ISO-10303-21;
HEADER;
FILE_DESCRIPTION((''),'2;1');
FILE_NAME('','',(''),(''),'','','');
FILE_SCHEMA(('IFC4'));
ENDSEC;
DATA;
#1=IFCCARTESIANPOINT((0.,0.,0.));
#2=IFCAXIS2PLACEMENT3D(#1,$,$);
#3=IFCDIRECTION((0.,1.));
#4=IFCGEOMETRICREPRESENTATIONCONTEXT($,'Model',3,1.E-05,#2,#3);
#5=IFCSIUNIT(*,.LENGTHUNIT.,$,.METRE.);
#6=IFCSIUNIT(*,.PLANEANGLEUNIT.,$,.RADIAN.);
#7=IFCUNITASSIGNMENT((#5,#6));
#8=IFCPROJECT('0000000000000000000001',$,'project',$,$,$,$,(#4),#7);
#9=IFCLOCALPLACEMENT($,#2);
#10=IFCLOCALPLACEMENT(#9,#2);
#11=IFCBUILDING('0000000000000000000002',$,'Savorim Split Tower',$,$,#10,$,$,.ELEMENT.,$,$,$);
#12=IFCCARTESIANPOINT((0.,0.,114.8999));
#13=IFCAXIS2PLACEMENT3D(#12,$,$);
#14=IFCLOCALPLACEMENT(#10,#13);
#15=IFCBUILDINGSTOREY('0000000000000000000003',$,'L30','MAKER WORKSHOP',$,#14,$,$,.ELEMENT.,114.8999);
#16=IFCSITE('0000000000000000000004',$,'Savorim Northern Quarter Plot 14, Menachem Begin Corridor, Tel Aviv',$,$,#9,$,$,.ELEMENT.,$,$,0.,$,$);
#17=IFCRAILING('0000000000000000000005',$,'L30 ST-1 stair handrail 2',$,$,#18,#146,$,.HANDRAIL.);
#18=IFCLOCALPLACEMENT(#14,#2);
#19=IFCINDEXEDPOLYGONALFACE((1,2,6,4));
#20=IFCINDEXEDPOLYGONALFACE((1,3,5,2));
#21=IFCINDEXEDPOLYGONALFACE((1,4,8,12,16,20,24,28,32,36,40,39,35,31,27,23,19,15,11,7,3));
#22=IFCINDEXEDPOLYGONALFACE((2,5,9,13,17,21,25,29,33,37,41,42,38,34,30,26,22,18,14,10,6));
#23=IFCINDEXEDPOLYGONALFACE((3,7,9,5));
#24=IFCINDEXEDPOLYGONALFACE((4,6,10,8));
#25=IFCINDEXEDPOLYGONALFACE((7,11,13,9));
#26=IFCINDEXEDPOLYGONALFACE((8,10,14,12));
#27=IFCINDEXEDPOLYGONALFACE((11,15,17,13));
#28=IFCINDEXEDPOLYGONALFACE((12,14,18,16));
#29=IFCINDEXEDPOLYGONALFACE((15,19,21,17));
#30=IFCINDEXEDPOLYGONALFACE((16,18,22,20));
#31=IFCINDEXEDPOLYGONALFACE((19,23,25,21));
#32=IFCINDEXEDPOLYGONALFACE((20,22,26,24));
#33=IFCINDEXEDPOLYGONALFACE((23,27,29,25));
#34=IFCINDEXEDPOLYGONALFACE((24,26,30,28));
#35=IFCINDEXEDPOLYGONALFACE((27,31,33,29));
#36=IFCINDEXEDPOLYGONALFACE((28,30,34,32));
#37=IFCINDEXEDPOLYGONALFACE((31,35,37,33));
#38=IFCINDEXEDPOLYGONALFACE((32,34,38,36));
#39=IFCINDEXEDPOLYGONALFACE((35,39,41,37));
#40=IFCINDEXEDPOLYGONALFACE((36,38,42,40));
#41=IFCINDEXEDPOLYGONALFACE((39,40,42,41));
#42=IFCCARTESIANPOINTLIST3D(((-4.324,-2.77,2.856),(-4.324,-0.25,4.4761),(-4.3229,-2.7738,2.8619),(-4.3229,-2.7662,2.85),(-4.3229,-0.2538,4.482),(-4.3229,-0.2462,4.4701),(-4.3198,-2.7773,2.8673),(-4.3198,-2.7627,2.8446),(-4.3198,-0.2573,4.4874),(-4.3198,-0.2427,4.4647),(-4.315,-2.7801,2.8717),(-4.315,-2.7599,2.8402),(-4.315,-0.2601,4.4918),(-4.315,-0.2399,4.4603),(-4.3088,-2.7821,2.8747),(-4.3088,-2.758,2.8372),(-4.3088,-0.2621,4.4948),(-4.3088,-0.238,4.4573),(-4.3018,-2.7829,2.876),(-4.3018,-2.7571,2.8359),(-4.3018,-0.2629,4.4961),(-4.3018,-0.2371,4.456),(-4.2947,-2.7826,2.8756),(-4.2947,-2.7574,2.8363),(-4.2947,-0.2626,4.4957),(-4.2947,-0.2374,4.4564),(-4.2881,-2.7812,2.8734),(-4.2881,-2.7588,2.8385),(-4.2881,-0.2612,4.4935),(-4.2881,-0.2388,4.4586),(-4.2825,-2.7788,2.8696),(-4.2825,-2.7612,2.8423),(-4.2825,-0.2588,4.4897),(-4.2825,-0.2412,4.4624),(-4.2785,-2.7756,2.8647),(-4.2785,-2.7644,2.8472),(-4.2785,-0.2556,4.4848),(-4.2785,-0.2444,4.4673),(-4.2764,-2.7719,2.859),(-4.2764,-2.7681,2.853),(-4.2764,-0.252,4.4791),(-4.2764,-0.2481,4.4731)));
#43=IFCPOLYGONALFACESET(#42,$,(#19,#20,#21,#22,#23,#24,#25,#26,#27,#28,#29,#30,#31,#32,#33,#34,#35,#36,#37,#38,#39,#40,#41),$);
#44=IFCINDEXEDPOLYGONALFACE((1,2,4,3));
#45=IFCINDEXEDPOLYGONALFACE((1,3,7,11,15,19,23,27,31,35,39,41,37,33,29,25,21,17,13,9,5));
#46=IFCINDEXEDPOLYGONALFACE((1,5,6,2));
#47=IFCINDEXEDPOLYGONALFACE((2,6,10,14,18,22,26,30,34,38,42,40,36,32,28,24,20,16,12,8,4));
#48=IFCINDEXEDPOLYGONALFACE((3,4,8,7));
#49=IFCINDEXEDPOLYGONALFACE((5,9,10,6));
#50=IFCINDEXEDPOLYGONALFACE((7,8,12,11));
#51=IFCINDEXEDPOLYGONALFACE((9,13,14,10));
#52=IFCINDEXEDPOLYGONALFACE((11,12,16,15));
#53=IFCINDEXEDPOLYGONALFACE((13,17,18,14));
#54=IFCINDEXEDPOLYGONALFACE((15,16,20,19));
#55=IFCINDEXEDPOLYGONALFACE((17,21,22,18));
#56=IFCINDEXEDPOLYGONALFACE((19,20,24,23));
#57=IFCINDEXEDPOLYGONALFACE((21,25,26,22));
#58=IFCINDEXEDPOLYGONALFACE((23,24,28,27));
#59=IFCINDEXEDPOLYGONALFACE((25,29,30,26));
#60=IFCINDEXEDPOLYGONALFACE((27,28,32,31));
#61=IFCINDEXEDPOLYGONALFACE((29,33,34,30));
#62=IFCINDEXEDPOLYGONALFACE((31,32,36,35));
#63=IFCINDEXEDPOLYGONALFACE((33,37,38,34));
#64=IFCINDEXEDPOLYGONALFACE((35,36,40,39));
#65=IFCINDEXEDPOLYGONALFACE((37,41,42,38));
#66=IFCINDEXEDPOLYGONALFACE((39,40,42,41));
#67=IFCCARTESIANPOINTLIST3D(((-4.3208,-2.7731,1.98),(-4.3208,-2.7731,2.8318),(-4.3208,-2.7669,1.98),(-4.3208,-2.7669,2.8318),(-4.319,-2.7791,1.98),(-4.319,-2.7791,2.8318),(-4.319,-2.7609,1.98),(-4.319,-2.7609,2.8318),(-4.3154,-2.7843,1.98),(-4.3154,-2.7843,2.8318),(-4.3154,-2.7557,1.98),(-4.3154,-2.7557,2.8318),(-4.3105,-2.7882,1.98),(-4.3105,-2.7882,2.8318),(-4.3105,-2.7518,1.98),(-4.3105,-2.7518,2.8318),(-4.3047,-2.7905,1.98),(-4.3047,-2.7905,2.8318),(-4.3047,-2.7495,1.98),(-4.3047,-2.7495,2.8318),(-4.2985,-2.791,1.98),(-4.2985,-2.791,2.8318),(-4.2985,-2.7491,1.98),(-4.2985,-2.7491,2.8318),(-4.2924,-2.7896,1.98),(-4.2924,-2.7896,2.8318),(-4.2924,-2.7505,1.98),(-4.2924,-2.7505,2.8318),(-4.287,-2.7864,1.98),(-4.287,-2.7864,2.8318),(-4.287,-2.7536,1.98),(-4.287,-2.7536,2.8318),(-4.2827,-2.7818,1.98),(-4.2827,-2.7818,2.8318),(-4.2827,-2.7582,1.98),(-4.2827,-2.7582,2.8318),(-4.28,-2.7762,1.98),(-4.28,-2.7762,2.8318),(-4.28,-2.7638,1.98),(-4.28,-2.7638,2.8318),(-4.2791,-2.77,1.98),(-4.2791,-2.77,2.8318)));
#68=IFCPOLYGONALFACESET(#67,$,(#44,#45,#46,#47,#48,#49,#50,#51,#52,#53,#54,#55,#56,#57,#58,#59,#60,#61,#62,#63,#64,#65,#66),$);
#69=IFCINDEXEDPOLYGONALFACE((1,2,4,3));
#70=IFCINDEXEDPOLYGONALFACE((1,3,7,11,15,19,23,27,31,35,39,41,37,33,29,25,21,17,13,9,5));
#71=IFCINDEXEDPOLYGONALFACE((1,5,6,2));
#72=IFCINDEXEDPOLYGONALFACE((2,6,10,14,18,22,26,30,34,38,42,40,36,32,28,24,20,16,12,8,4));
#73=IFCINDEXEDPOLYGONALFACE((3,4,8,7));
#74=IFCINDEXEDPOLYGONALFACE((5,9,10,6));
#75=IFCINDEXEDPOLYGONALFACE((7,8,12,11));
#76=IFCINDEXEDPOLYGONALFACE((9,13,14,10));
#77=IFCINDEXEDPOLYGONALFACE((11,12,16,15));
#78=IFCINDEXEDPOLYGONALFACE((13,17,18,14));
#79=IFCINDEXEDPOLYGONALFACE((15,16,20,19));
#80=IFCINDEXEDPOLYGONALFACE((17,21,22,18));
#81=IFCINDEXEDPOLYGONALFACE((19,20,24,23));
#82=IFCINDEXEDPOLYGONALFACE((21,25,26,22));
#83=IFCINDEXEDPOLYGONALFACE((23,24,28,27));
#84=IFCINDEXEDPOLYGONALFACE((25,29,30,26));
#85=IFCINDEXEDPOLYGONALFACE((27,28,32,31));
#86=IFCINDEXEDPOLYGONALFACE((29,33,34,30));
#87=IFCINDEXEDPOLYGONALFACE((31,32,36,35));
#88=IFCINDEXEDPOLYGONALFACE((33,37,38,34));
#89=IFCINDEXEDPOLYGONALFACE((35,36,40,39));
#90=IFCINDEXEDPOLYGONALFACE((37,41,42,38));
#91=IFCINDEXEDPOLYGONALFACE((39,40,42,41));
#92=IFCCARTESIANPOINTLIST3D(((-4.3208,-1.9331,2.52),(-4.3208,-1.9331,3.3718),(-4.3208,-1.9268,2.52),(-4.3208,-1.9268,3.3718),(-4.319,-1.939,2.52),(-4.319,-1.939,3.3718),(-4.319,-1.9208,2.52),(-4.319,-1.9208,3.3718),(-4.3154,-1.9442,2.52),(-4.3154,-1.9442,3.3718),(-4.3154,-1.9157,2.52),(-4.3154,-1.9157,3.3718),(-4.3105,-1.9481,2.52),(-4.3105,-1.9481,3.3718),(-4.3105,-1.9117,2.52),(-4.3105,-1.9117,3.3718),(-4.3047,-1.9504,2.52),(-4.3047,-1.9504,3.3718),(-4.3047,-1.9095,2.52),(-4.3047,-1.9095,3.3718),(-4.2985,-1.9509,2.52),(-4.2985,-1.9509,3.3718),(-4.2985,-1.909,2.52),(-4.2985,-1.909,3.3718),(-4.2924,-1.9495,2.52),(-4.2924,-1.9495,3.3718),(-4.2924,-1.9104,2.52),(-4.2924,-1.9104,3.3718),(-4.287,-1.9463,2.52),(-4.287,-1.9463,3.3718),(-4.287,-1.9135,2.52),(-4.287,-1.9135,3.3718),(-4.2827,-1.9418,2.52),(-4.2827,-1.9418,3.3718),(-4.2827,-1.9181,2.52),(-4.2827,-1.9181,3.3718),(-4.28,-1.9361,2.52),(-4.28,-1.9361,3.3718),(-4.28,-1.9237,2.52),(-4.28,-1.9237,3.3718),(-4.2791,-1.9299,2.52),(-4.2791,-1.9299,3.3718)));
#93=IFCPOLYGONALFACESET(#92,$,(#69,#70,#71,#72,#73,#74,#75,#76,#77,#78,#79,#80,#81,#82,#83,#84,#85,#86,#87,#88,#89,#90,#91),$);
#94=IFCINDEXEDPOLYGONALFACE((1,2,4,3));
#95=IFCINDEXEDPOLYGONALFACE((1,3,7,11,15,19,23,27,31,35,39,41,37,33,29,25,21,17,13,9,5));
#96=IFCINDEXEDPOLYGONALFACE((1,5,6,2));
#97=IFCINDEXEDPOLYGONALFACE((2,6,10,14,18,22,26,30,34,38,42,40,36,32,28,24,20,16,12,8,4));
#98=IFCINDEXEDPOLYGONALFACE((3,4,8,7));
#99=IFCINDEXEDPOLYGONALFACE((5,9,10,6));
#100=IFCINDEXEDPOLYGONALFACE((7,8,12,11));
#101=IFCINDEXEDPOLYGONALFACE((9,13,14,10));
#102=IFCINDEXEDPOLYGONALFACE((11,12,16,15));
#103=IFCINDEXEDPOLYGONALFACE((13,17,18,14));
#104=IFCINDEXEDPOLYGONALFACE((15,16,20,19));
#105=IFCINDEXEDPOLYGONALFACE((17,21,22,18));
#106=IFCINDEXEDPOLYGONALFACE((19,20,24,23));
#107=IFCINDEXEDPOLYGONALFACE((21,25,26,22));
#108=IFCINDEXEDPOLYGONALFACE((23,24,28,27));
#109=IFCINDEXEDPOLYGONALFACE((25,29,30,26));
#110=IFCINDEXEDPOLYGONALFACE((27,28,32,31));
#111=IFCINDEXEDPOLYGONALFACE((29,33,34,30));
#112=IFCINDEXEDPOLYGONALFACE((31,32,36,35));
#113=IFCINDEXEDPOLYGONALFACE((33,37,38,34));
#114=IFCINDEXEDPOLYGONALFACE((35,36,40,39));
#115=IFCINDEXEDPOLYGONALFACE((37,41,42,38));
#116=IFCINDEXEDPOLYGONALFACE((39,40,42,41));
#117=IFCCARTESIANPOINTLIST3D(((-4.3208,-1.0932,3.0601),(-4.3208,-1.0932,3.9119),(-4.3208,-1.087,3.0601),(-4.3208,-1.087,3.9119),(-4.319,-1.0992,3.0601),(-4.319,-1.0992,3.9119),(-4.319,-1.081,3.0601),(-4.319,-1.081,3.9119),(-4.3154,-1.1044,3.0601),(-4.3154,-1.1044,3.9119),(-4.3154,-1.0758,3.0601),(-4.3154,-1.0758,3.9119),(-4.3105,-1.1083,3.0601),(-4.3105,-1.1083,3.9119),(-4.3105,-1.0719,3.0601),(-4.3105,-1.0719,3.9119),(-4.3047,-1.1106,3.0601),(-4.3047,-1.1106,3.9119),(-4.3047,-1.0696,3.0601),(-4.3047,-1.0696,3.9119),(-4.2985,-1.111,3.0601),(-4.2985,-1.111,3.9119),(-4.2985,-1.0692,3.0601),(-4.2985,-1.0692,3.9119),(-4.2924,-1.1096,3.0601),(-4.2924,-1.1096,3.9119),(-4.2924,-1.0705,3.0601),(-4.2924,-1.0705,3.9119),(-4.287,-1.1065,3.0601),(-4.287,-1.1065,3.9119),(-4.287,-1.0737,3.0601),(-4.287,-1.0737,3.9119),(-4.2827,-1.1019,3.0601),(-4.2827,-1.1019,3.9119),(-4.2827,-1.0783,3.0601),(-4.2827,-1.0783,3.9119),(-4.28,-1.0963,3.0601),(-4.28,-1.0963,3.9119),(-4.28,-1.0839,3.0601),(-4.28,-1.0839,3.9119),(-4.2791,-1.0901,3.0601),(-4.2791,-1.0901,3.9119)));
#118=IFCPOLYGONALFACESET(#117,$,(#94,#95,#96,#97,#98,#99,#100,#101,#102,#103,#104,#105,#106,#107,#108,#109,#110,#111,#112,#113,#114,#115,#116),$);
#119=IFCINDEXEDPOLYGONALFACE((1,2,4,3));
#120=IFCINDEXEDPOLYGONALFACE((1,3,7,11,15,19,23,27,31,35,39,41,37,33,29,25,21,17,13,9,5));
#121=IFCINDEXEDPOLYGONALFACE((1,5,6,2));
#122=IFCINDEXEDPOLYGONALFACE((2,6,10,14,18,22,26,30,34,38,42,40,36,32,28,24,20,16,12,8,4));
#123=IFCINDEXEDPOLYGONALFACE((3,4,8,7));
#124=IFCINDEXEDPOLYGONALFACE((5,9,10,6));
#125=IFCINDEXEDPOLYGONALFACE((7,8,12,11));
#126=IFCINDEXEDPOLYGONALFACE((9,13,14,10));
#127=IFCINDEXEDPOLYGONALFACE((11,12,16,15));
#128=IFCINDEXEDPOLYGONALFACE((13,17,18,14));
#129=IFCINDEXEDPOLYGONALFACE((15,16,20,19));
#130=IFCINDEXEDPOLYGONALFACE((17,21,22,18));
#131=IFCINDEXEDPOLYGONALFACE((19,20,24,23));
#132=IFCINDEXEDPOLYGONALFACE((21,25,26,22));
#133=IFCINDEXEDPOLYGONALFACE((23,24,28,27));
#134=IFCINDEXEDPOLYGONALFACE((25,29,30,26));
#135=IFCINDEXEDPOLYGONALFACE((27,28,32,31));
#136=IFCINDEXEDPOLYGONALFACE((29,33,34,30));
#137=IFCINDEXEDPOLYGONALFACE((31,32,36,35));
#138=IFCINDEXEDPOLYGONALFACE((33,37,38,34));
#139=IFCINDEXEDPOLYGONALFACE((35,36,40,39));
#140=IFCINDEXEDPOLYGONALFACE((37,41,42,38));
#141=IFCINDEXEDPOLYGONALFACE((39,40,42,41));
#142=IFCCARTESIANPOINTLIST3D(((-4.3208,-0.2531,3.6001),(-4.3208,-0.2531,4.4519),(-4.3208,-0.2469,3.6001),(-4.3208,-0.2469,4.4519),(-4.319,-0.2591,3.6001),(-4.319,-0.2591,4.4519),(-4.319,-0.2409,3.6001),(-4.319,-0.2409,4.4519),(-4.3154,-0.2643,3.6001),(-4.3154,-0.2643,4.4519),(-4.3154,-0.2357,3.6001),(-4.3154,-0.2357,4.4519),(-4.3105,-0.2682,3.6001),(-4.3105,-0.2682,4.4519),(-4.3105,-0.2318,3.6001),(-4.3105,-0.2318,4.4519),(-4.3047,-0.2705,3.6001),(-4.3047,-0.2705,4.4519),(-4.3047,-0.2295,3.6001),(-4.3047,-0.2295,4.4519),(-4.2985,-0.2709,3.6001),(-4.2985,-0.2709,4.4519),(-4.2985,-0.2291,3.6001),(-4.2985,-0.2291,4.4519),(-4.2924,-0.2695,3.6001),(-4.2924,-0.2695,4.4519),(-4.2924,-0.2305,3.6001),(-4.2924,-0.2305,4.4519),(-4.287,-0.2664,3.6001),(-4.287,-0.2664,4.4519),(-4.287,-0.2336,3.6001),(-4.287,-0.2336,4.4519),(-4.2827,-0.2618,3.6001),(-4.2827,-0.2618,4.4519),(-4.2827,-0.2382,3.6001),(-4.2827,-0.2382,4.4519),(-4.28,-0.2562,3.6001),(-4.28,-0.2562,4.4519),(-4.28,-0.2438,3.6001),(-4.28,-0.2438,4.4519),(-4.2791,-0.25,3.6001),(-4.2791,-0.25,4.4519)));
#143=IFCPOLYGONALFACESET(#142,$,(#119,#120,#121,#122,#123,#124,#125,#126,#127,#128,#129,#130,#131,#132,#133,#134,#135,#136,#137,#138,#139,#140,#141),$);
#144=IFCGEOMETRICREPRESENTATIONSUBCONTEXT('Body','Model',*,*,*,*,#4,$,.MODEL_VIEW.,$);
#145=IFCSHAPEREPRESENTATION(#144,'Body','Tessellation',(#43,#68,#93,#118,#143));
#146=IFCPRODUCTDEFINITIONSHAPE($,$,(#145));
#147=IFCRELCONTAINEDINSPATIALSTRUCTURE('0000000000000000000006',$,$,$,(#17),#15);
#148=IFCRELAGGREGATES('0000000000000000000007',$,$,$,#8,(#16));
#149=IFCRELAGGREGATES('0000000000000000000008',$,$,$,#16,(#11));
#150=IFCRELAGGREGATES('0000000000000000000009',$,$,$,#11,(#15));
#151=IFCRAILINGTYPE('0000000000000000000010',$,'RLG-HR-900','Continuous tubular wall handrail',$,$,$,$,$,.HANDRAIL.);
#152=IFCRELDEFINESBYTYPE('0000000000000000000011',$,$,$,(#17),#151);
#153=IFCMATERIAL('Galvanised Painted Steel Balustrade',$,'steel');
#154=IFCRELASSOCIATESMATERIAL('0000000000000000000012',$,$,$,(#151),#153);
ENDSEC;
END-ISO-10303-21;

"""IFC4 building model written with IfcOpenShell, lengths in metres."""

from ifc_helpers import new_model, si_unit, direction, frame, origin, origin_2d, place, context, subcontext, project, spatial, circle, extrude, material, type_object, element, save


model = new_model("IFC4")

# Units and contexts
model_context = context("Model", 3, precision=1e-05, world=origin(), true_north=direction((0.0, 1.0)))
body_context = subcontext(model_context, "Body", "Model", "MODEL_VIEW")
ifc_project = project(units=[si_unit("LENGTHUNIT", "METRE"), si_unit("PLANEANGLEUNIT", "RADIAN")], contexts=[model_context])

# Site, building, storey
site_placement = place(None, origin())
site = spatial("IfcSite", under=ifc_project, at=site_placement, Name="Savorim Northern Quarter Plot 14, Menachem Begin Corridor, Tel Aviv", CompositionType="ELEMENT", RefElevation=0.0)
building_placement = place(site_placement, origin())
building = spatial("IfcBuilding", under=site, at=building_placement, Name="Savorim Split Tower", CompositionType="ELEMENT")
storey_placement = place(building_placement, frame((0.0, 0.0, 114.8999)))
storey = spatial("IfcBuildingStorey", under=building, at=storey_placement, Name="L30", Description="MAKER WORKSHOP", CompositionType="ELEMENT", Elevation=114.8999)

# Railing
ifc_material_1 = material(Name="Galvanised Painted Steel Balustrade", Category="steel")
railing_type_1 = type_object("IfcRailingType", Name="RLG-HR-900", Description="Continuous tubular wall handrail", PredefinedType="HANDRAIL", material=ifc_material_1)
railing_1_placement = place(storey_placement, frame((-4.3, -2.77, 1.98)))
element("IfcRailing", 1, at=railing_1_placement, inside=storey, type_object=railing_type_1, Name="L30 ST-1 stair handrail 2", PredefinedType="HANDRAIL", context=body_context, shape_type="SweptSolid", body=[
    extrude(circle(Radius=0.0239, at=origin_2d()), frame((0.0, 0.0, 0.876), z_axis=(0.0, 0.841163, 0.540782), x_axis=(-1.0, 0.0, 0.0)), (0.0, 0.0, 1.0), 2.9958),
    extrude(circle(Radius=0.021, at=origin_2d()), origin(), (0.0, 0.0, 1.0), 0.8518),
    extrude(circle(Radius=0.021, at=origin_2d()), frame((0.0, 0.8401, 0.54)), (0.0, 0.0, 1.0), 0.8518),
    extrude(circle(Radius=0.021, at=origin_2d()), frame((0.0, 1.6799, 1.0801)), (0.0, 0.0, 1.0), 0.8518),
    extrude(circle(Radius=0.021, at=origin_2d()), frame((0.0, 2.52, 1.6201)), (0.0, 0.0, 1.0), 0.8518),
])

save(model, "model.ifc")
